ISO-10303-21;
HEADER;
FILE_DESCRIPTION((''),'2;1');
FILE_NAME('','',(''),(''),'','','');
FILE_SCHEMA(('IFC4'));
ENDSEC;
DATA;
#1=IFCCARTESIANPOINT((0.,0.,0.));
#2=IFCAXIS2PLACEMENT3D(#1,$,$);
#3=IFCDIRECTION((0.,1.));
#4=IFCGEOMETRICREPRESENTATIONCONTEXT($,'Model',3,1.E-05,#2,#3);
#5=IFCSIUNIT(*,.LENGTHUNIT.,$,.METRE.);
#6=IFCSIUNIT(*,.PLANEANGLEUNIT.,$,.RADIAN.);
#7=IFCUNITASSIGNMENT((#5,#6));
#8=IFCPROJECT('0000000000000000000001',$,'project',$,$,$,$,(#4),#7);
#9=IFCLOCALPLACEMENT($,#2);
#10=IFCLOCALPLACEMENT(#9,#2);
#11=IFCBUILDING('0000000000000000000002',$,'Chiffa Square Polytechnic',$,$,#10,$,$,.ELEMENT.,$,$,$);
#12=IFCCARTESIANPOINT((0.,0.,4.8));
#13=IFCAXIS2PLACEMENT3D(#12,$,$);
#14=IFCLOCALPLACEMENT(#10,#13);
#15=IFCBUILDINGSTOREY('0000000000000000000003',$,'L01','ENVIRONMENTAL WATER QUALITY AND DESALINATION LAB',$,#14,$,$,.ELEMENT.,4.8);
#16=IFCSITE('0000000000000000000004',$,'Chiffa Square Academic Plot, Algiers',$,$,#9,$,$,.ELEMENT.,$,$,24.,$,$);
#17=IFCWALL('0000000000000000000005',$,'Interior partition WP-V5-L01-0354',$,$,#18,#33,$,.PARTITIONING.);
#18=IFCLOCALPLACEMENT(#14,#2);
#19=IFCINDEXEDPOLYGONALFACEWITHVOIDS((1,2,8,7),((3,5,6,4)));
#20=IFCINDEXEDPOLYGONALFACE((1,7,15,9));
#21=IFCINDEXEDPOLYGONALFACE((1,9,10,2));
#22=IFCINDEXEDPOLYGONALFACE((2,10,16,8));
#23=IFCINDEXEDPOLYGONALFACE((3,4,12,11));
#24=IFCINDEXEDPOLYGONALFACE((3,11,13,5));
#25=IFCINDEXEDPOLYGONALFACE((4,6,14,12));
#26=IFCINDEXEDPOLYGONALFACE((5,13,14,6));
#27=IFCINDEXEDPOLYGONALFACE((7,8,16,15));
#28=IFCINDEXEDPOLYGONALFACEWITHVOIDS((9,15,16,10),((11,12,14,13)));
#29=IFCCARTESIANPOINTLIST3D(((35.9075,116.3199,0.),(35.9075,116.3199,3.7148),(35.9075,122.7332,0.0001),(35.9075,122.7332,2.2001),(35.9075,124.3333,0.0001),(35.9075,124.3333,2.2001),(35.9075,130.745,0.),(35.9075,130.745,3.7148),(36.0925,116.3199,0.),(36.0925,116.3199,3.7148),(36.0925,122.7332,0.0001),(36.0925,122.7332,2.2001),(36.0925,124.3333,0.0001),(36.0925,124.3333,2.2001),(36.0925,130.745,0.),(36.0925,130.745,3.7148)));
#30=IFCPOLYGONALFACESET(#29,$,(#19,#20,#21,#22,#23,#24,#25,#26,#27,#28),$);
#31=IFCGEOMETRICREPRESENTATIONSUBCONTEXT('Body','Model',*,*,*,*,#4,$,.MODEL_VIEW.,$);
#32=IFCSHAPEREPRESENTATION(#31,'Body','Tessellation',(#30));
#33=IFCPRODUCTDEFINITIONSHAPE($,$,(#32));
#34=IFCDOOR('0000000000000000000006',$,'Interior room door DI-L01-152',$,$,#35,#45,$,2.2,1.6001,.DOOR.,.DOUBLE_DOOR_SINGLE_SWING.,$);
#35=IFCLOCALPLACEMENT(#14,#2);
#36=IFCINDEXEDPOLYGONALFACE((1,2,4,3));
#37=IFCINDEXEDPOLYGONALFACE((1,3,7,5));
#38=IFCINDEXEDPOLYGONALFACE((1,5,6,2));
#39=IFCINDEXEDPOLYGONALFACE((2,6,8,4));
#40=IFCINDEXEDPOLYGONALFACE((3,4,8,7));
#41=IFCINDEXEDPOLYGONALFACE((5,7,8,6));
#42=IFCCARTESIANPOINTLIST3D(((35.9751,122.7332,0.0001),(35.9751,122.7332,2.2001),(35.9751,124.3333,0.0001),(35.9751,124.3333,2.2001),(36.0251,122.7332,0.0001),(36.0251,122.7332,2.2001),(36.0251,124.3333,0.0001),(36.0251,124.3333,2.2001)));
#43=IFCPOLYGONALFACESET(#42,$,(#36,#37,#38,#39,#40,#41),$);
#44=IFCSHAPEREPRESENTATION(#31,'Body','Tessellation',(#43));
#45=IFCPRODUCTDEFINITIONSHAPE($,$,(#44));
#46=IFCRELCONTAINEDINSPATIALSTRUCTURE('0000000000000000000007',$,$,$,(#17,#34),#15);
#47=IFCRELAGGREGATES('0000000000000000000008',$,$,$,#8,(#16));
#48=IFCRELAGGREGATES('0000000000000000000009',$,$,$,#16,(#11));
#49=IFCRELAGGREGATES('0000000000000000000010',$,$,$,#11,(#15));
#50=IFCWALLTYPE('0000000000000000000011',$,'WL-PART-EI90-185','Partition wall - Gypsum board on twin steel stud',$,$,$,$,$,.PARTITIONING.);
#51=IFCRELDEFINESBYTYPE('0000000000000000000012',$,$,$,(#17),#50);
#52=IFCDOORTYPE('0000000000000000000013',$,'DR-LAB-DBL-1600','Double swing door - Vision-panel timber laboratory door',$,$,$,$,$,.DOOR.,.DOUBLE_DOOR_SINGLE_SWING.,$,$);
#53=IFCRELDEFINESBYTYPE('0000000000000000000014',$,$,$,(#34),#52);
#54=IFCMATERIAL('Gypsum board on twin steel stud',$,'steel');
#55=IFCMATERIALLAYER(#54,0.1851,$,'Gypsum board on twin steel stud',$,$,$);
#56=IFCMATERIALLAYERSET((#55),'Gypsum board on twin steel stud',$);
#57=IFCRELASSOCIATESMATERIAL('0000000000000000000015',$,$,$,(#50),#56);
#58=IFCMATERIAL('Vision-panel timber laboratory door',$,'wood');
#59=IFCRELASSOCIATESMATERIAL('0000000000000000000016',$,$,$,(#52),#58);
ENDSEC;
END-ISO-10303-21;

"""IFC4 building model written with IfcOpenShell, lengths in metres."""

from ifc_helpers import new_model, si_unit, direction, frame, frame_2d, origin, place, context, subcontext, project, spatial, rectangle, extrude, material, layer, layer_set, type_object, element, fill, save


model = new_model("IFC4")

# Units and contexts
model_context = context("Model", 3, precision=1e-05, world=origin(), true_north=direction((0.0, 1.0)))
body_context = subcontext(model_context, "Body", "Model", "MODEL_VIEW")
ifc_project = project(units=[si_unit("LENGTHUNIT", "METRE"), si_unit("PLANEANGLEUNIT", "RADIAN")], contexts=[model_context])

# Site, building, storey
site_placement = place(None, origin())
site = spatial("IfcSite", under=ifc_project, at=site_placement, Name="Chiffa Square Academic Plot, Algiers", CompositionType="ELEMENT", RefElevation=24.0)
building_placement = place(site_placement, origin())
building = spatial("IfcBuilding", under=site, at=building_placement, Name="Chiffa Square Polytechnic", CompositionType="ELEMENT")
storey_placement = place(building_placement, frame((0.0, 0.0, 4.8)))
storey = spatial("IfcBuildingStorey", under=building, at=storey_placement, Name="L01", Description="ENVIRONMENTAL WATER QUALITY AND DESALINATION LAB", CompositionType="ELEMENT", Elevation=4.8)

# Wall, opening, door
ifc_material_1 = material(Name="Gypsum board on twin steel stud", Category="steel")
ifc_layer_1 = layer(ifc_material_1, 0.1851, Name="Gypsum board on twin steel stud")
ifc_layer_set_1 = layer_set([ifc_layer_1], Name="Gypsum board on twin steel stud")
wall_type_1 = type_object("IfcWallType", Name="WL-PART-EI90-185", Description="Partition wall - Gypsum board on twin steel stud", PredefinedType="PARTITIONING", material=ifc_layer_set_1)
wall_1_placement = place(storey_placement, frame((36.0, 116.3201, 0.0), z_axis=(0.0, 0.0, 1.0), x_axis=(0.0, 1.0, 0.0)))
wall_1 = element("IfcWall", 1, at=wall_1_placement, inside=storey, type_object=wall_type_1, Name="Interior partition WP-V5-L01-0354", PredefinedType="PARTITIONING", context=body_context, shape_type="SweptSolid", body=[
    extrude(rectangle(XDim=14.425, YDim=0.1851, at=frame_2d((7.2124, 0.0))), origin(), (0.0, 0.0, 1.0), 3.7148),
])
opening_1_placement = place(wall_1_placement, frame((6.4131, 0.0, 0.0)))
opening_1 = element("IfcOpeningElement", 2, at=opening_1_placement, cuts=wall_1, PredefinedType="OPENING", context=body_context, shape_type="SweptSolid", body=[
    extrude(rectangle(XDim=1.6001, YDim=2.2, at=frame_2d((0.8, 1.1001))), frame((0.0, 0.1025, 0.0), z_axis=(0.0, -1.0, 0.0), x_axis=(1.0, 0.0, 0.0)), (0.0, 0.0, 1.0), 0.2051),
])
ifc_material_2 = material(Name="Vision-panel timber laboratory door", Category="wood")
door_type_1 = type_object("IfcDoorType", Name="DR-LAB-DBL-1600", Description="Double swing door - Vision-panel timber laboratory door", OperationType="DOUBLE_DOOR_SINGLE_SWING", PredefinedType="DOOR", material=ifc_material_2)
door_1_placement = place(opening_1_placement, origin())
door_1 = element("IfcDoor", 3, at=door_1_placement, inside=storey, type_object=door_type_1, Name="Interior room door DI-L01-152", OperationType="DOUBLE_DOOR_SINGLE_SWING", OverallHeight=2.2, OverallWidth=1.6001, PredefinedType="DOOR", context=body_context, shape_type="SweptSolid", body=[
    extrude(rectangle(XDim=1.6001, YDim=2.2, at=frame_2d((0.8, 1.1001))), frame((0.0, 0.0249, 0.0), z_axis=(0.0, -1.0, 0.0), x_axis=(1.0, 0.0, 0.0)), (0.0, 0.0, 1.0), 0.05),
])
fill(opening_1, door_1)

save(model, "model.ifc")
